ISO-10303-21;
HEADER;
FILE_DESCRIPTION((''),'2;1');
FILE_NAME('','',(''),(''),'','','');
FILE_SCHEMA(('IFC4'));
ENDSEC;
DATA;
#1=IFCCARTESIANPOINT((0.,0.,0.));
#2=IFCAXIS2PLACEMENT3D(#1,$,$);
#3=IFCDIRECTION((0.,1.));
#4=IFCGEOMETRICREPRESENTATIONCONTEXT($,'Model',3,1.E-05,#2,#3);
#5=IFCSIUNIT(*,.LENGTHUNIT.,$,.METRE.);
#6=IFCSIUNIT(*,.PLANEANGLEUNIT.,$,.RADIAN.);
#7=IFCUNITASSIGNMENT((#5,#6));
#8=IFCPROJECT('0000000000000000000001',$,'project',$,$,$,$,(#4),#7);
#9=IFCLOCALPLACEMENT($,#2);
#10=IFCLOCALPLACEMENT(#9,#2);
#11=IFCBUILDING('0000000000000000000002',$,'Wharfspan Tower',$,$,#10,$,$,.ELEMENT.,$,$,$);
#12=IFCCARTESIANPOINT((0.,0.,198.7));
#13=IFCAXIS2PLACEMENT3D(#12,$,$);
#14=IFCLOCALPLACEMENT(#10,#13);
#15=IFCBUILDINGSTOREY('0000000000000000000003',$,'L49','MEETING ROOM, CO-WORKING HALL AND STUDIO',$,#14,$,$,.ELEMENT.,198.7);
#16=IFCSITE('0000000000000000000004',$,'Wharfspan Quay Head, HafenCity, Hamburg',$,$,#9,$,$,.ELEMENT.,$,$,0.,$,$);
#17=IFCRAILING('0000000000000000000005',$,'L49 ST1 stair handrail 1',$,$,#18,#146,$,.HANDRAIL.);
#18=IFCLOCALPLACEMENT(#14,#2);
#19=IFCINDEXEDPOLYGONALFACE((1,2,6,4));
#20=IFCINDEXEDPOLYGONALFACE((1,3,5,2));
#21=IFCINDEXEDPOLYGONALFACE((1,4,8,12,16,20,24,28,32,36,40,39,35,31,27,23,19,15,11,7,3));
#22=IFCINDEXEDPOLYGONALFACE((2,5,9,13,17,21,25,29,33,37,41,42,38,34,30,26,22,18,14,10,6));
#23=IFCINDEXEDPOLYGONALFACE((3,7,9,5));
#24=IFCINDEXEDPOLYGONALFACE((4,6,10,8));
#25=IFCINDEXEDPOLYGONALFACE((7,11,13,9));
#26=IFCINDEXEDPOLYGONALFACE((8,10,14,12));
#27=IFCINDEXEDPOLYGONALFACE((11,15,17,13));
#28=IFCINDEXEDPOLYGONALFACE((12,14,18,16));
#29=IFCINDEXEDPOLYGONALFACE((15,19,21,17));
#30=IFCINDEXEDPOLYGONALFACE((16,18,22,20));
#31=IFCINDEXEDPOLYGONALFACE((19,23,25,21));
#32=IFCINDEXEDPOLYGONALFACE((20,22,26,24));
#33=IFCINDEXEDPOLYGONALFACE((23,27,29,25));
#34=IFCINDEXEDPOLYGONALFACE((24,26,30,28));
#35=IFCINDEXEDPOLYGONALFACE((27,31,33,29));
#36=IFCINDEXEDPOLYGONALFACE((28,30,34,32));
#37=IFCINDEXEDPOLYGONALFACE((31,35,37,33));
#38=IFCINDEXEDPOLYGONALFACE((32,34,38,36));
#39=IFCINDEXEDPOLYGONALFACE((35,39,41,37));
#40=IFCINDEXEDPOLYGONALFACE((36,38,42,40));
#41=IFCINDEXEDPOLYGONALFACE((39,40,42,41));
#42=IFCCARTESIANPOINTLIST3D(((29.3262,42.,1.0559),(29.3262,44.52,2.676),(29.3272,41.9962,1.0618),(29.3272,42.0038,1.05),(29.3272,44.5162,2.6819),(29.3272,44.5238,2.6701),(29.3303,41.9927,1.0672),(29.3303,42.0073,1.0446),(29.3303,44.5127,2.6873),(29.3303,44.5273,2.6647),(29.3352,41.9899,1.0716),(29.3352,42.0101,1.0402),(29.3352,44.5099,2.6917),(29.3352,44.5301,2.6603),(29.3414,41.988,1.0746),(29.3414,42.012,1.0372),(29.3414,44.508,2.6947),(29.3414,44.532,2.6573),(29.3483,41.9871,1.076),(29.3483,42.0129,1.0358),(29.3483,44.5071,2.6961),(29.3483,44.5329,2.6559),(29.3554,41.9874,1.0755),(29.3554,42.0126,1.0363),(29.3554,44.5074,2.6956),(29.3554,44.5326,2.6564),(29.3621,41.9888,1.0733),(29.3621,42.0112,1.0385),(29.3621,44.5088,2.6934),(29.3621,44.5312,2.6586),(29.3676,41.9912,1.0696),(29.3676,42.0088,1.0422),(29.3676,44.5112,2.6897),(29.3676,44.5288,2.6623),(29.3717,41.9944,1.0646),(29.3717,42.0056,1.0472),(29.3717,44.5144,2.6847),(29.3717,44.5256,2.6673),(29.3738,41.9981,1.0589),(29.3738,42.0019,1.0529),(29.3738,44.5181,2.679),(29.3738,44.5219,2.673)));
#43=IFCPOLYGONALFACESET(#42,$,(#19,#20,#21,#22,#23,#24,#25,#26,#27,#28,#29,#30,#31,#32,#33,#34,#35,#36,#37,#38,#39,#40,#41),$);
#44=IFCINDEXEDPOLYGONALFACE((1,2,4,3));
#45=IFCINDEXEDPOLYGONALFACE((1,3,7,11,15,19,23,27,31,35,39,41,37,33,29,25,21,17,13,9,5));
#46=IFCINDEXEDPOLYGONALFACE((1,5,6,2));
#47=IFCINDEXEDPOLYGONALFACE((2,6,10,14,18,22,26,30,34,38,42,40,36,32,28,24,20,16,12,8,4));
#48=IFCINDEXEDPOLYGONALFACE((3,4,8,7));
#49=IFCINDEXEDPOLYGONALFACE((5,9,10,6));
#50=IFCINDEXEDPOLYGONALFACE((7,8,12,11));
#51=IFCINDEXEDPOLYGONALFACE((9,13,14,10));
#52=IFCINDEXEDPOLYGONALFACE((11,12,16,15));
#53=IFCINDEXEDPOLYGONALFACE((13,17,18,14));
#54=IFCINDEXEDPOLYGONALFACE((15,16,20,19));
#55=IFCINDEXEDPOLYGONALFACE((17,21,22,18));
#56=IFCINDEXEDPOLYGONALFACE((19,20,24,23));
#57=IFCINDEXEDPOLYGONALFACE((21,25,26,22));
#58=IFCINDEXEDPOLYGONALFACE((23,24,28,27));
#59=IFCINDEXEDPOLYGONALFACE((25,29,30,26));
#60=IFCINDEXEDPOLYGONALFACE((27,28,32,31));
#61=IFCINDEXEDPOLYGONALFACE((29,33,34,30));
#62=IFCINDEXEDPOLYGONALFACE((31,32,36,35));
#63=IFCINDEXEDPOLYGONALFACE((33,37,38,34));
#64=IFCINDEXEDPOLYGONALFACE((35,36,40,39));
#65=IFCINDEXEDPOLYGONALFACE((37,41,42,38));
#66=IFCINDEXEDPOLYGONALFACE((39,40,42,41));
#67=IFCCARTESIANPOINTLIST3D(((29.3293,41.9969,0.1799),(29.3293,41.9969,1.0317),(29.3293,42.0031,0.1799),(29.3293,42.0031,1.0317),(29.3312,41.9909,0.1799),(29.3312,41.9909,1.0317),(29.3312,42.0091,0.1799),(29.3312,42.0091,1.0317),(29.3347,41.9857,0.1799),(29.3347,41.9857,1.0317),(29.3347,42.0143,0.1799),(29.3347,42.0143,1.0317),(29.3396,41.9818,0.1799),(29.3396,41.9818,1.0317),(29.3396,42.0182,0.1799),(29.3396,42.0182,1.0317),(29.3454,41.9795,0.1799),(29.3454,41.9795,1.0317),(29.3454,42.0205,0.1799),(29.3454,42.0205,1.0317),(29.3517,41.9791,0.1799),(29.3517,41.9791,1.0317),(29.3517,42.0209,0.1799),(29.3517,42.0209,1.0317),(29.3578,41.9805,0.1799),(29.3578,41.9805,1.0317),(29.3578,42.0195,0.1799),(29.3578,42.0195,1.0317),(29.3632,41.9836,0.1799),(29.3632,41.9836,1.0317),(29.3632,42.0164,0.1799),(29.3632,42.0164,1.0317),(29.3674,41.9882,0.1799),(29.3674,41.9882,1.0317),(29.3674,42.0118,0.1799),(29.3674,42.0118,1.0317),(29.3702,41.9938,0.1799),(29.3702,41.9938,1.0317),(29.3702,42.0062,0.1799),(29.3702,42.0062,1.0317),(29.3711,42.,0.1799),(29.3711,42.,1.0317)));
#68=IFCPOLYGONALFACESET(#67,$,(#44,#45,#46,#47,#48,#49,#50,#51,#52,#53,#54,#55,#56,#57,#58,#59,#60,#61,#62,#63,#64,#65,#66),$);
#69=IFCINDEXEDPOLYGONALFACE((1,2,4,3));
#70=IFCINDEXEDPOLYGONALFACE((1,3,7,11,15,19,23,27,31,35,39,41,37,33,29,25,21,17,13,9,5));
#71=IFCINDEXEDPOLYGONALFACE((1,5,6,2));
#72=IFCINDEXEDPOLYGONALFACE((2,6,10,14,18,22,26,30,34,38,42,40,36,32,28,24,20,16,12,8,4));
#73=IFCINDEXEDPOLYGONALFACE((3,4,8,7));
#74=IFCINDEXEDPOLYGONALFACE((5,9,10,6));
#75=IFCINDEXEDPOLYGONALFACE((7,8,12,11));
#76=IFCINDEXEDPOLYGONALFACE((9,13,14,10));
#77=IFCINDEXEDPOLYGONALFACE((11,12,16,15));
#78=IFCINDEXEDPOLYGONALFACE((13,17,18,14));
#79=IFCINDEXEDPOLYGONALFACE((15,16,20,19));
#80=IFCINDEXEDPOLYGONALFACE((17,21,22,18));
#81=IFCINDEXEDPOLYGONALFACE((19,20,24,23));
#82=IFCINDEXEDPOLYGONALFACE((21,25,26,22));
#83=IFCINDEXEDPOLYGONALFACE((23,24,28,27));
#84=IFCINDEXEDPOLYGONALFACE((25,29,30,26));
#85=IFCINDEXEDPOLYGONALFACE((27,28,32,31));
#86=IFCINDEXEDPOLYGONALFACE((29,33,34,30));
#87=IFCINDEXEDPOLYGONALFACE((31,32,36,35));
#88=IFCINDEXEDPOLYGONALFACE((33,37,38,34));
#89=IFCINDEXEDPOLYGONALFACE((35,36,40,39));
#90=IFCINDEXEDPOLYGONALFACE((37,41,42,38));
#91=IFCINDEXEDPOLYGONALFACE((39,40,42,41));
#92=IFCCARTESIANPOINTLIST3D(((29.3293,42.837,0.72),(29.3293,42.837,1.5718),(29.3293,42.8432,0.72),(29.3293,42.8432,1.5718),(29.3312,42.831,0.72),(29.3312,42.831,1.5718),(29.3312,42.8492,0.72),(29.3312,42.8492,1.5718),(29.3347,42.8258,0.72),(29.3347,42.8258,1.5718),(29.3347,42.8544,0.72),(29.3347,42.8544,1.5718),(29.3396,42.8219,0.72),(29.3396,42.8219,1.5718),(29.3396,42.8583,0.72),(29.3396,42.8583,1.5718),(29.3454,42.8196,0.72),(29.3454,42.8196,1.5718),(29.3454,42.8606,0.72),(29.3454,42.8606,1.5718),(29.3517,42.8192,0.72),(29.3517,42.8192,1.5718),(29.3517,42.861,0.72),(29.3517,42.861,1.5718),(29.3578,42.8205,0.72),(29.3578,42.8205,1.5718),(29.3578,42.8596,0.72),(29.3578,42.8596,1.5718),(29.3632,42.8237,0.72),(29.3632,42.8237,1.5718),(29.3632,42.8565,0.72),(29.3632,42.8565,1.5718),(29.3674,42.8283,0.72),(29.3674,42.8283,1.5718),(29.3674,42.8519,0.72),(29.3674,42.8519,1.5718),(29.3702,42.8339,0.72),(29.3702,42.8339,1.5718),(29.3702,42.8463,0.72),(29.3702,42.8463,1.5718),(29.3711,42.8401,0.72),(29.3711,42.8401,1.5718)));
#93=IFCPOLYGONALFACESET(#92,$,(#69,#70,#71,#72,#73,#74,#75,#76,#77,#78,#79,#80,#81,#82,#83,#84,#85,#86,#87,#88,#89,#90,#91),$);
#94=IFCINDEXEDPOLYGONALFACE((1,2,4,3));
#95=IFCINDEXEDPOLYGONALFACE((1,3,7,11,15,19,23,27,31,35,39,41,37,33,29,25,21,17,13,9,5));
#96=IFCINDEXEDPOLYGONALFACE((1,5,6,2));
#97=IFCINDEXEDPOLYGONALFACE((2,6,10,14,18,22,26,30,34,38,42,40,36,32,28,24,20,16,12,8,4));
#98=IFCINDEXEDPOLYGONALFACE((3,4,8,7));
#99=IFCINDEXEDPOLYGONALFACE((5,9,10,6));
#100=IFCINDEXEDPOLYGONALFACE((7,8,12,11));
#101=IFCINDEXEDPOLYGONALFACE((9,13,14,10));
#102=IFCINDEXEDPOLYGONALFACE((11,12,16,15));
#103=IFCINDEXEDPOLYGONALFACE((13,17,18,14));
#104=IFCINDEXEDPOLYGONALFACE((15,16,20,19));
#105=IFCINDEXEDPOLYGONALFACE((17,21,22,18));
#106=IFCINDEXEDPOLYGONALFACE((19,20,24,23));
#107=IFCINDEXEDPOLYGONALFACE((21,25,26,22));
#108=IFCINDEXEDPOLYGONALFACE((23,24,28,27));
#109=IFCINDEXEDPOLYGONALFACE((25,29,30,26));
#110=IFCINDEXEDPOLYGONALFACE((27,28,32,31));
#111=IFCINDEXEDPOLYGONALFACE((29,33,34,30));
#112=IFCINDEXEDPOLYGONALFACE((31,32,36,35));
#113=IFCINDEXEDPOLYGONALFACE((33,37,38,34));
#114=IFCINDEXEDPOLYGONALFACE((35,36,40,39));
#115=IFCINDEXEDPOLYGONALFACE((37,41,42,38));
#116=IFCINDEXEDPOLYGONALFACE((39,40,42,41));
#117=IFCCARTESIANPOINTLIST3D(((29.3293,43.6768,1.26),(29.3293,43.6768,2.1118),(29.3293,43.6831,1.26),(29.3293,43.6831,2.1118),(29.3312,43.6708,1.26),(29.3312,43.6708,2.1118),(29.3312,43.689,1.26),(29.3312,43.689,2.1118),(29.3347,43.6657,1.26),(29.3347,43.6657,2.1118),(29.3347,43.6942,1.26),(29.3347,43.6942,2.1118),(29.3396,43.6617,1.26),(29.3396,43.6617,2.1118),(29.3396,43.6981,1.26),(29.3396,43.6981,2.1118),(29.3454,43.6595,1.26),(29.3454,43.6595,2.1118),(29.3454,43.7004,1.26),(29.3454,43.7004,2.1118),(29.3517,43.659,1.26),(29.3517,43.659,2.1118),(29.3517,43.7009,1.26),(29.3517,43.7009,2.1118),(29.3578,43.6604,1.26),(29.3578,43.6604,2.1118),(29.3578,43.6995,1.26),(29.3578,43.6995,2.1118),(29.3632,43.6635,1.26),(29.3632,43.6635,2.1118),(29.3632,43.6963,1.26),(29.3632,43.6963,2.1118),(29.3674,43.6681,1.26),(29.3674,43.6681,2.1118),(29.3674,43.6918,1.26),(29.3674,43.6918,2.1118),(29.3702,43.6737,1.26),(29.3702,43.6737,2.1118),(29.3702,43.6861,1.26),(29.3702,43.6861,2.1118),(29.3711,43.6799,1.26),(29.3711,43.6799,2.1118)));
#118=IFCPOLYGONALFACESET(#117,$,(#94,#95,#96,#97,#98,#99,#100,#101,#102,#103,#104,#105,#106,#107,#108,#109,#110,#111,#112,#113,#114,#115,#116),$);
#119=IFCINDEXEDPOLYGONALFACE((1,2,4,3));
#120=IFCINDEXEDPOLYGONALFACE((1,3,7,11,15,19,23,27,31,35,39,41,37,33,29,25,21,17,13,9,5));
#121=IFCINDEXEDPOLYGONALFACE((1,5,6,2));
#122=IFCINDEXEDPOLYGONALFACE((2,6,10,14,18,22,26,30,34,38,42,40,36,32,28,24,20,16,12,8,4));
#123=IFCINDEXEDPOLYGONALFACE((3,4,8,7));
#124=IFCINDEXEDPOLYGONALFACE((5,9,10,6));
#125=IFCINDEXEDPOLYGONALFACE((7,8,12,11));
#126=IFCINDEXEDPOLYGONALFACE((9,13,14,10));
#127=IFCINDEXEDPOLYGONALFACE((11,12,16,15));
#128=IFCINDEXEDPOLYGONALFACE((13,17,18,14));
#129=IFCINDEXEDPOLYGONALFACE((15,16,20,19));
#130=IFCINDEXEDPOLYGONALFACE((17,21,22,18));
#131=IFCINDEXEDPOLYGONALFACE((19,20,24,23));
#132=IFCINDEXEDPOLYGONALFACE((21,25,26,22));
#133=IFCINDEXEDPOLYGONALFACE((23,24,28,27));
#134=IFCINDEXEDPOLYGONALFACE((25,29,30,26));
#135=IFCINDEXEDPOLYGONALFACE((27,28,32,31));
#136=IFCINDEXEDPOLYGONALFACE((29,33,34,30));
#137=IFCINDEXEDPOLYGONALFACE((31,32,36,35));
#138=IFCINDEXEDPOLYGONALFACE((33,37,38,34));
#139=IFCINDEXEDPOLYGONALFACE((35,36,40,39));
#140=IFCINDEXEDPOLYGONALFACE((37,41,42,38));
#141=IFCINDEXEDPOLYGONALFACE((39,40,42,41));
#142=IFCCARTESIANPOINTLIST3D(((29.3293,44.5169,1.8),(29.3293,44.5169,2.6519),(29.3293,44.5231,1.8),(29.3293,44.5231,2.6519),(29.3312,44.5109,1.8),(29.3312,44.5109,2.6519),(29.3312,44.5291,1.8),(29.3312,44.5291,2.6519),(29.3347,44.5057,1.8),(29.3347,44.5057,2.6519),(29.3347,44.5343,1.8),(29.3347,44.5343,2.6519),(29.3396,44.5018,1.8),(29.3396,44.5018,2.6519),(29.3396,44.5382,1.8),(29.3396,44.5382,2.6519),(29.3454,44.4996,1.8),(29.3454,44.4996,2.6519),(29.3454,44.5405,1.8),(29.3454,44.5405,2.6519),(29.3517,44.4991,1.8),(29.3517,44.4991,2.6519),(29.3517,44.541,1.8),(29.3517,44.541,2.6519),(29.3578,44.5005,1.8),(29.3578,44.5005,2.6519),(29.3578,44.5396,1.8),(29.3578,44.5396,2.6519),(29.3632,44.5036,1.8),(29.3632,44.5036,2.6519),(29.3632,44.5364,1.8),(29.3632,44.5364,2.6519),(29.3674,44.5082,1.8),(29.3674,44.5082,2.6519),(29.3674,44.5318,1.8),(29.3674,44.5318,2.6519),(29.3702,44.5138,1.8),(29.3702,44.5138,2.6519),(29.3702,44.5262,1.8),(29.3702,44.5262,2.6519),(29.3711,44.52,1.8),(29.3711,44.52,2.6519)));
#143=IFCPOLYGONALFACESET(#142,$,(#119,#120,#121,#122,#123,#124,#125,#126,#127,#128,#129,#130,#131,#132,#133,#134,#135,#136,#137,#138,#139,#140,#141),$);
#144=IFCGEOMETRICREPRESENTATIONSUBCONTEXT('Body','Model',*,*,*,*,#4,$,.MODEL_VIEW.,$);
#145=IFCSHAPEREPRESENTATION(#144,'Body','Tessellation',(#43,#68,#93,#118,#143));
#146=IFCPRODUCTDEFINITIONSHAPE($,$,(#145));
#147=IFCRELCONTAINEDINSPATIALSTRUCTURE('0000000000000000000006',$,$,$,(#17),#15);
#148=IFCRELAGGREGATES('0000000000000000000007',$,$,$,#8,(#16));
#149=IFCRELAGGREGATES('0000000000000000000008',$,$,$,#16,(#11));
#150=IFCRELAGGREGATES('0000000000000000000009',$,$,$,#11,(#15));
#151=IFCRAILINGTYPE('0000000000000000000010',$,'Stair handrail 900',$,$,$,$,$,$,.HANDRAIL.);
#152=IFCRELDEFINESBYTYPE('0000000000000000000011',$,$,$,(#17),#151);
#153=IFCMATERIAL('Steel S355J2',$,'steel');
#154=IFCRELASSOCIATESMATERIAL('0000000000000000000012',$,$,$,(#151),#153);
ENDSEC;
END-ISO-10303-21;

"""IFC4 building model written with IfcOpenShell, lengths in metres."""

from ifc_helpers import new_model, si_unit, direction, frame, origin, origin_2d, place, context, subcontext, project, spatial, circle, extrude, material, type_object, element, save


model = new_model("IFC4")

# Units and contexts
model_context = context("Model", 3, precision=1e-05, world=origin(), true_north=direction((0.0, 1.0)))
body_context = subcontext(model_context, "Body", "Model", "MODEL_VIEW")
ifc_project = project(units=[si_unit("LENGTHUNIT", "METRE"), si_unit("PLANEANGLEUNIT", "RADIAN")], contexts=[model_context])

# Site, building, storey
site_placement = place(None, origin())
site = spatial("IfcSite", under=ifc_project, at=site_placement, Name="Wharfspan Quay Head, HafenCity, Hamburg", CompositionType="ELEMENT", RefElevation=0.0)
building_placement = place(site_placement, origin())
building = spatial("IfcBuilding", under=site, at=building_placement, Name="Wharfspan Tower", CompositionType="ELEMENT")
storey_placement = place(building_placement, frame((0.0, 0.0, 198.7)))
storey = spatial("IfcBuildingStorey", under=building, at=storey_placement, Name="L49", Description="MEETING ROOM, CO-WORKING HALL AND STUDIO", CompositionType="ELEMENT", Elevation=198.7)

# Shared definitions
ifc_material_1 = material(Name="Steel S355J2", Category="steel")

# Railing
railing_type_1 = type_object("IfcRailingType", Name="Stair handrail 900", PredefinedType="HANDRAIL", material=ifc_material_1)
railing_1_placement = place(storey_placement, frame((29.3501, 42.0, 0.1799)))
element("IfcRailing", 1, at=railing_1_placement, inside=storey, type_object=railing_type_1, Name="L49 ST1 stair handrail 1", PredefinedType="HANDRAIL", context=body_context, shape_type="SweptSolid", body=[
    extrude(circle(Radius=0.0239, at=origin_2d()), frame((0.0, 0.0, 0.876), z_axis=(0.0, 0.841163, 0.540782), x_axis=(-1.0, 0.0, 0.0)), (0.0, 0.0, 1.0), 2.9958),
    extrude(circle(Radius=0.021, at=origin_2d()), origin(), (0.0, 0.0, 1.0), 0.8518),
    extrude(circle(Radius=0.021, at=origin_2d()), frame((0.0, 0.8401, 0.54)), (0.0, 0.0, 1.0), 0.8518),
    extrude(circle(Radius=0.021, at=origin_2d()), frame((0.0, 1.6799, 1.0801)), (0.0, 0.0, 1.0), 0.8518),
    extrude(circle(Radius=0.021, at=origin_2d()), frame((0.0, 2.52, 1.6201)), (0.0, 0.0, 1.0), 0.8518),
])

save(model, "model.ifc")
